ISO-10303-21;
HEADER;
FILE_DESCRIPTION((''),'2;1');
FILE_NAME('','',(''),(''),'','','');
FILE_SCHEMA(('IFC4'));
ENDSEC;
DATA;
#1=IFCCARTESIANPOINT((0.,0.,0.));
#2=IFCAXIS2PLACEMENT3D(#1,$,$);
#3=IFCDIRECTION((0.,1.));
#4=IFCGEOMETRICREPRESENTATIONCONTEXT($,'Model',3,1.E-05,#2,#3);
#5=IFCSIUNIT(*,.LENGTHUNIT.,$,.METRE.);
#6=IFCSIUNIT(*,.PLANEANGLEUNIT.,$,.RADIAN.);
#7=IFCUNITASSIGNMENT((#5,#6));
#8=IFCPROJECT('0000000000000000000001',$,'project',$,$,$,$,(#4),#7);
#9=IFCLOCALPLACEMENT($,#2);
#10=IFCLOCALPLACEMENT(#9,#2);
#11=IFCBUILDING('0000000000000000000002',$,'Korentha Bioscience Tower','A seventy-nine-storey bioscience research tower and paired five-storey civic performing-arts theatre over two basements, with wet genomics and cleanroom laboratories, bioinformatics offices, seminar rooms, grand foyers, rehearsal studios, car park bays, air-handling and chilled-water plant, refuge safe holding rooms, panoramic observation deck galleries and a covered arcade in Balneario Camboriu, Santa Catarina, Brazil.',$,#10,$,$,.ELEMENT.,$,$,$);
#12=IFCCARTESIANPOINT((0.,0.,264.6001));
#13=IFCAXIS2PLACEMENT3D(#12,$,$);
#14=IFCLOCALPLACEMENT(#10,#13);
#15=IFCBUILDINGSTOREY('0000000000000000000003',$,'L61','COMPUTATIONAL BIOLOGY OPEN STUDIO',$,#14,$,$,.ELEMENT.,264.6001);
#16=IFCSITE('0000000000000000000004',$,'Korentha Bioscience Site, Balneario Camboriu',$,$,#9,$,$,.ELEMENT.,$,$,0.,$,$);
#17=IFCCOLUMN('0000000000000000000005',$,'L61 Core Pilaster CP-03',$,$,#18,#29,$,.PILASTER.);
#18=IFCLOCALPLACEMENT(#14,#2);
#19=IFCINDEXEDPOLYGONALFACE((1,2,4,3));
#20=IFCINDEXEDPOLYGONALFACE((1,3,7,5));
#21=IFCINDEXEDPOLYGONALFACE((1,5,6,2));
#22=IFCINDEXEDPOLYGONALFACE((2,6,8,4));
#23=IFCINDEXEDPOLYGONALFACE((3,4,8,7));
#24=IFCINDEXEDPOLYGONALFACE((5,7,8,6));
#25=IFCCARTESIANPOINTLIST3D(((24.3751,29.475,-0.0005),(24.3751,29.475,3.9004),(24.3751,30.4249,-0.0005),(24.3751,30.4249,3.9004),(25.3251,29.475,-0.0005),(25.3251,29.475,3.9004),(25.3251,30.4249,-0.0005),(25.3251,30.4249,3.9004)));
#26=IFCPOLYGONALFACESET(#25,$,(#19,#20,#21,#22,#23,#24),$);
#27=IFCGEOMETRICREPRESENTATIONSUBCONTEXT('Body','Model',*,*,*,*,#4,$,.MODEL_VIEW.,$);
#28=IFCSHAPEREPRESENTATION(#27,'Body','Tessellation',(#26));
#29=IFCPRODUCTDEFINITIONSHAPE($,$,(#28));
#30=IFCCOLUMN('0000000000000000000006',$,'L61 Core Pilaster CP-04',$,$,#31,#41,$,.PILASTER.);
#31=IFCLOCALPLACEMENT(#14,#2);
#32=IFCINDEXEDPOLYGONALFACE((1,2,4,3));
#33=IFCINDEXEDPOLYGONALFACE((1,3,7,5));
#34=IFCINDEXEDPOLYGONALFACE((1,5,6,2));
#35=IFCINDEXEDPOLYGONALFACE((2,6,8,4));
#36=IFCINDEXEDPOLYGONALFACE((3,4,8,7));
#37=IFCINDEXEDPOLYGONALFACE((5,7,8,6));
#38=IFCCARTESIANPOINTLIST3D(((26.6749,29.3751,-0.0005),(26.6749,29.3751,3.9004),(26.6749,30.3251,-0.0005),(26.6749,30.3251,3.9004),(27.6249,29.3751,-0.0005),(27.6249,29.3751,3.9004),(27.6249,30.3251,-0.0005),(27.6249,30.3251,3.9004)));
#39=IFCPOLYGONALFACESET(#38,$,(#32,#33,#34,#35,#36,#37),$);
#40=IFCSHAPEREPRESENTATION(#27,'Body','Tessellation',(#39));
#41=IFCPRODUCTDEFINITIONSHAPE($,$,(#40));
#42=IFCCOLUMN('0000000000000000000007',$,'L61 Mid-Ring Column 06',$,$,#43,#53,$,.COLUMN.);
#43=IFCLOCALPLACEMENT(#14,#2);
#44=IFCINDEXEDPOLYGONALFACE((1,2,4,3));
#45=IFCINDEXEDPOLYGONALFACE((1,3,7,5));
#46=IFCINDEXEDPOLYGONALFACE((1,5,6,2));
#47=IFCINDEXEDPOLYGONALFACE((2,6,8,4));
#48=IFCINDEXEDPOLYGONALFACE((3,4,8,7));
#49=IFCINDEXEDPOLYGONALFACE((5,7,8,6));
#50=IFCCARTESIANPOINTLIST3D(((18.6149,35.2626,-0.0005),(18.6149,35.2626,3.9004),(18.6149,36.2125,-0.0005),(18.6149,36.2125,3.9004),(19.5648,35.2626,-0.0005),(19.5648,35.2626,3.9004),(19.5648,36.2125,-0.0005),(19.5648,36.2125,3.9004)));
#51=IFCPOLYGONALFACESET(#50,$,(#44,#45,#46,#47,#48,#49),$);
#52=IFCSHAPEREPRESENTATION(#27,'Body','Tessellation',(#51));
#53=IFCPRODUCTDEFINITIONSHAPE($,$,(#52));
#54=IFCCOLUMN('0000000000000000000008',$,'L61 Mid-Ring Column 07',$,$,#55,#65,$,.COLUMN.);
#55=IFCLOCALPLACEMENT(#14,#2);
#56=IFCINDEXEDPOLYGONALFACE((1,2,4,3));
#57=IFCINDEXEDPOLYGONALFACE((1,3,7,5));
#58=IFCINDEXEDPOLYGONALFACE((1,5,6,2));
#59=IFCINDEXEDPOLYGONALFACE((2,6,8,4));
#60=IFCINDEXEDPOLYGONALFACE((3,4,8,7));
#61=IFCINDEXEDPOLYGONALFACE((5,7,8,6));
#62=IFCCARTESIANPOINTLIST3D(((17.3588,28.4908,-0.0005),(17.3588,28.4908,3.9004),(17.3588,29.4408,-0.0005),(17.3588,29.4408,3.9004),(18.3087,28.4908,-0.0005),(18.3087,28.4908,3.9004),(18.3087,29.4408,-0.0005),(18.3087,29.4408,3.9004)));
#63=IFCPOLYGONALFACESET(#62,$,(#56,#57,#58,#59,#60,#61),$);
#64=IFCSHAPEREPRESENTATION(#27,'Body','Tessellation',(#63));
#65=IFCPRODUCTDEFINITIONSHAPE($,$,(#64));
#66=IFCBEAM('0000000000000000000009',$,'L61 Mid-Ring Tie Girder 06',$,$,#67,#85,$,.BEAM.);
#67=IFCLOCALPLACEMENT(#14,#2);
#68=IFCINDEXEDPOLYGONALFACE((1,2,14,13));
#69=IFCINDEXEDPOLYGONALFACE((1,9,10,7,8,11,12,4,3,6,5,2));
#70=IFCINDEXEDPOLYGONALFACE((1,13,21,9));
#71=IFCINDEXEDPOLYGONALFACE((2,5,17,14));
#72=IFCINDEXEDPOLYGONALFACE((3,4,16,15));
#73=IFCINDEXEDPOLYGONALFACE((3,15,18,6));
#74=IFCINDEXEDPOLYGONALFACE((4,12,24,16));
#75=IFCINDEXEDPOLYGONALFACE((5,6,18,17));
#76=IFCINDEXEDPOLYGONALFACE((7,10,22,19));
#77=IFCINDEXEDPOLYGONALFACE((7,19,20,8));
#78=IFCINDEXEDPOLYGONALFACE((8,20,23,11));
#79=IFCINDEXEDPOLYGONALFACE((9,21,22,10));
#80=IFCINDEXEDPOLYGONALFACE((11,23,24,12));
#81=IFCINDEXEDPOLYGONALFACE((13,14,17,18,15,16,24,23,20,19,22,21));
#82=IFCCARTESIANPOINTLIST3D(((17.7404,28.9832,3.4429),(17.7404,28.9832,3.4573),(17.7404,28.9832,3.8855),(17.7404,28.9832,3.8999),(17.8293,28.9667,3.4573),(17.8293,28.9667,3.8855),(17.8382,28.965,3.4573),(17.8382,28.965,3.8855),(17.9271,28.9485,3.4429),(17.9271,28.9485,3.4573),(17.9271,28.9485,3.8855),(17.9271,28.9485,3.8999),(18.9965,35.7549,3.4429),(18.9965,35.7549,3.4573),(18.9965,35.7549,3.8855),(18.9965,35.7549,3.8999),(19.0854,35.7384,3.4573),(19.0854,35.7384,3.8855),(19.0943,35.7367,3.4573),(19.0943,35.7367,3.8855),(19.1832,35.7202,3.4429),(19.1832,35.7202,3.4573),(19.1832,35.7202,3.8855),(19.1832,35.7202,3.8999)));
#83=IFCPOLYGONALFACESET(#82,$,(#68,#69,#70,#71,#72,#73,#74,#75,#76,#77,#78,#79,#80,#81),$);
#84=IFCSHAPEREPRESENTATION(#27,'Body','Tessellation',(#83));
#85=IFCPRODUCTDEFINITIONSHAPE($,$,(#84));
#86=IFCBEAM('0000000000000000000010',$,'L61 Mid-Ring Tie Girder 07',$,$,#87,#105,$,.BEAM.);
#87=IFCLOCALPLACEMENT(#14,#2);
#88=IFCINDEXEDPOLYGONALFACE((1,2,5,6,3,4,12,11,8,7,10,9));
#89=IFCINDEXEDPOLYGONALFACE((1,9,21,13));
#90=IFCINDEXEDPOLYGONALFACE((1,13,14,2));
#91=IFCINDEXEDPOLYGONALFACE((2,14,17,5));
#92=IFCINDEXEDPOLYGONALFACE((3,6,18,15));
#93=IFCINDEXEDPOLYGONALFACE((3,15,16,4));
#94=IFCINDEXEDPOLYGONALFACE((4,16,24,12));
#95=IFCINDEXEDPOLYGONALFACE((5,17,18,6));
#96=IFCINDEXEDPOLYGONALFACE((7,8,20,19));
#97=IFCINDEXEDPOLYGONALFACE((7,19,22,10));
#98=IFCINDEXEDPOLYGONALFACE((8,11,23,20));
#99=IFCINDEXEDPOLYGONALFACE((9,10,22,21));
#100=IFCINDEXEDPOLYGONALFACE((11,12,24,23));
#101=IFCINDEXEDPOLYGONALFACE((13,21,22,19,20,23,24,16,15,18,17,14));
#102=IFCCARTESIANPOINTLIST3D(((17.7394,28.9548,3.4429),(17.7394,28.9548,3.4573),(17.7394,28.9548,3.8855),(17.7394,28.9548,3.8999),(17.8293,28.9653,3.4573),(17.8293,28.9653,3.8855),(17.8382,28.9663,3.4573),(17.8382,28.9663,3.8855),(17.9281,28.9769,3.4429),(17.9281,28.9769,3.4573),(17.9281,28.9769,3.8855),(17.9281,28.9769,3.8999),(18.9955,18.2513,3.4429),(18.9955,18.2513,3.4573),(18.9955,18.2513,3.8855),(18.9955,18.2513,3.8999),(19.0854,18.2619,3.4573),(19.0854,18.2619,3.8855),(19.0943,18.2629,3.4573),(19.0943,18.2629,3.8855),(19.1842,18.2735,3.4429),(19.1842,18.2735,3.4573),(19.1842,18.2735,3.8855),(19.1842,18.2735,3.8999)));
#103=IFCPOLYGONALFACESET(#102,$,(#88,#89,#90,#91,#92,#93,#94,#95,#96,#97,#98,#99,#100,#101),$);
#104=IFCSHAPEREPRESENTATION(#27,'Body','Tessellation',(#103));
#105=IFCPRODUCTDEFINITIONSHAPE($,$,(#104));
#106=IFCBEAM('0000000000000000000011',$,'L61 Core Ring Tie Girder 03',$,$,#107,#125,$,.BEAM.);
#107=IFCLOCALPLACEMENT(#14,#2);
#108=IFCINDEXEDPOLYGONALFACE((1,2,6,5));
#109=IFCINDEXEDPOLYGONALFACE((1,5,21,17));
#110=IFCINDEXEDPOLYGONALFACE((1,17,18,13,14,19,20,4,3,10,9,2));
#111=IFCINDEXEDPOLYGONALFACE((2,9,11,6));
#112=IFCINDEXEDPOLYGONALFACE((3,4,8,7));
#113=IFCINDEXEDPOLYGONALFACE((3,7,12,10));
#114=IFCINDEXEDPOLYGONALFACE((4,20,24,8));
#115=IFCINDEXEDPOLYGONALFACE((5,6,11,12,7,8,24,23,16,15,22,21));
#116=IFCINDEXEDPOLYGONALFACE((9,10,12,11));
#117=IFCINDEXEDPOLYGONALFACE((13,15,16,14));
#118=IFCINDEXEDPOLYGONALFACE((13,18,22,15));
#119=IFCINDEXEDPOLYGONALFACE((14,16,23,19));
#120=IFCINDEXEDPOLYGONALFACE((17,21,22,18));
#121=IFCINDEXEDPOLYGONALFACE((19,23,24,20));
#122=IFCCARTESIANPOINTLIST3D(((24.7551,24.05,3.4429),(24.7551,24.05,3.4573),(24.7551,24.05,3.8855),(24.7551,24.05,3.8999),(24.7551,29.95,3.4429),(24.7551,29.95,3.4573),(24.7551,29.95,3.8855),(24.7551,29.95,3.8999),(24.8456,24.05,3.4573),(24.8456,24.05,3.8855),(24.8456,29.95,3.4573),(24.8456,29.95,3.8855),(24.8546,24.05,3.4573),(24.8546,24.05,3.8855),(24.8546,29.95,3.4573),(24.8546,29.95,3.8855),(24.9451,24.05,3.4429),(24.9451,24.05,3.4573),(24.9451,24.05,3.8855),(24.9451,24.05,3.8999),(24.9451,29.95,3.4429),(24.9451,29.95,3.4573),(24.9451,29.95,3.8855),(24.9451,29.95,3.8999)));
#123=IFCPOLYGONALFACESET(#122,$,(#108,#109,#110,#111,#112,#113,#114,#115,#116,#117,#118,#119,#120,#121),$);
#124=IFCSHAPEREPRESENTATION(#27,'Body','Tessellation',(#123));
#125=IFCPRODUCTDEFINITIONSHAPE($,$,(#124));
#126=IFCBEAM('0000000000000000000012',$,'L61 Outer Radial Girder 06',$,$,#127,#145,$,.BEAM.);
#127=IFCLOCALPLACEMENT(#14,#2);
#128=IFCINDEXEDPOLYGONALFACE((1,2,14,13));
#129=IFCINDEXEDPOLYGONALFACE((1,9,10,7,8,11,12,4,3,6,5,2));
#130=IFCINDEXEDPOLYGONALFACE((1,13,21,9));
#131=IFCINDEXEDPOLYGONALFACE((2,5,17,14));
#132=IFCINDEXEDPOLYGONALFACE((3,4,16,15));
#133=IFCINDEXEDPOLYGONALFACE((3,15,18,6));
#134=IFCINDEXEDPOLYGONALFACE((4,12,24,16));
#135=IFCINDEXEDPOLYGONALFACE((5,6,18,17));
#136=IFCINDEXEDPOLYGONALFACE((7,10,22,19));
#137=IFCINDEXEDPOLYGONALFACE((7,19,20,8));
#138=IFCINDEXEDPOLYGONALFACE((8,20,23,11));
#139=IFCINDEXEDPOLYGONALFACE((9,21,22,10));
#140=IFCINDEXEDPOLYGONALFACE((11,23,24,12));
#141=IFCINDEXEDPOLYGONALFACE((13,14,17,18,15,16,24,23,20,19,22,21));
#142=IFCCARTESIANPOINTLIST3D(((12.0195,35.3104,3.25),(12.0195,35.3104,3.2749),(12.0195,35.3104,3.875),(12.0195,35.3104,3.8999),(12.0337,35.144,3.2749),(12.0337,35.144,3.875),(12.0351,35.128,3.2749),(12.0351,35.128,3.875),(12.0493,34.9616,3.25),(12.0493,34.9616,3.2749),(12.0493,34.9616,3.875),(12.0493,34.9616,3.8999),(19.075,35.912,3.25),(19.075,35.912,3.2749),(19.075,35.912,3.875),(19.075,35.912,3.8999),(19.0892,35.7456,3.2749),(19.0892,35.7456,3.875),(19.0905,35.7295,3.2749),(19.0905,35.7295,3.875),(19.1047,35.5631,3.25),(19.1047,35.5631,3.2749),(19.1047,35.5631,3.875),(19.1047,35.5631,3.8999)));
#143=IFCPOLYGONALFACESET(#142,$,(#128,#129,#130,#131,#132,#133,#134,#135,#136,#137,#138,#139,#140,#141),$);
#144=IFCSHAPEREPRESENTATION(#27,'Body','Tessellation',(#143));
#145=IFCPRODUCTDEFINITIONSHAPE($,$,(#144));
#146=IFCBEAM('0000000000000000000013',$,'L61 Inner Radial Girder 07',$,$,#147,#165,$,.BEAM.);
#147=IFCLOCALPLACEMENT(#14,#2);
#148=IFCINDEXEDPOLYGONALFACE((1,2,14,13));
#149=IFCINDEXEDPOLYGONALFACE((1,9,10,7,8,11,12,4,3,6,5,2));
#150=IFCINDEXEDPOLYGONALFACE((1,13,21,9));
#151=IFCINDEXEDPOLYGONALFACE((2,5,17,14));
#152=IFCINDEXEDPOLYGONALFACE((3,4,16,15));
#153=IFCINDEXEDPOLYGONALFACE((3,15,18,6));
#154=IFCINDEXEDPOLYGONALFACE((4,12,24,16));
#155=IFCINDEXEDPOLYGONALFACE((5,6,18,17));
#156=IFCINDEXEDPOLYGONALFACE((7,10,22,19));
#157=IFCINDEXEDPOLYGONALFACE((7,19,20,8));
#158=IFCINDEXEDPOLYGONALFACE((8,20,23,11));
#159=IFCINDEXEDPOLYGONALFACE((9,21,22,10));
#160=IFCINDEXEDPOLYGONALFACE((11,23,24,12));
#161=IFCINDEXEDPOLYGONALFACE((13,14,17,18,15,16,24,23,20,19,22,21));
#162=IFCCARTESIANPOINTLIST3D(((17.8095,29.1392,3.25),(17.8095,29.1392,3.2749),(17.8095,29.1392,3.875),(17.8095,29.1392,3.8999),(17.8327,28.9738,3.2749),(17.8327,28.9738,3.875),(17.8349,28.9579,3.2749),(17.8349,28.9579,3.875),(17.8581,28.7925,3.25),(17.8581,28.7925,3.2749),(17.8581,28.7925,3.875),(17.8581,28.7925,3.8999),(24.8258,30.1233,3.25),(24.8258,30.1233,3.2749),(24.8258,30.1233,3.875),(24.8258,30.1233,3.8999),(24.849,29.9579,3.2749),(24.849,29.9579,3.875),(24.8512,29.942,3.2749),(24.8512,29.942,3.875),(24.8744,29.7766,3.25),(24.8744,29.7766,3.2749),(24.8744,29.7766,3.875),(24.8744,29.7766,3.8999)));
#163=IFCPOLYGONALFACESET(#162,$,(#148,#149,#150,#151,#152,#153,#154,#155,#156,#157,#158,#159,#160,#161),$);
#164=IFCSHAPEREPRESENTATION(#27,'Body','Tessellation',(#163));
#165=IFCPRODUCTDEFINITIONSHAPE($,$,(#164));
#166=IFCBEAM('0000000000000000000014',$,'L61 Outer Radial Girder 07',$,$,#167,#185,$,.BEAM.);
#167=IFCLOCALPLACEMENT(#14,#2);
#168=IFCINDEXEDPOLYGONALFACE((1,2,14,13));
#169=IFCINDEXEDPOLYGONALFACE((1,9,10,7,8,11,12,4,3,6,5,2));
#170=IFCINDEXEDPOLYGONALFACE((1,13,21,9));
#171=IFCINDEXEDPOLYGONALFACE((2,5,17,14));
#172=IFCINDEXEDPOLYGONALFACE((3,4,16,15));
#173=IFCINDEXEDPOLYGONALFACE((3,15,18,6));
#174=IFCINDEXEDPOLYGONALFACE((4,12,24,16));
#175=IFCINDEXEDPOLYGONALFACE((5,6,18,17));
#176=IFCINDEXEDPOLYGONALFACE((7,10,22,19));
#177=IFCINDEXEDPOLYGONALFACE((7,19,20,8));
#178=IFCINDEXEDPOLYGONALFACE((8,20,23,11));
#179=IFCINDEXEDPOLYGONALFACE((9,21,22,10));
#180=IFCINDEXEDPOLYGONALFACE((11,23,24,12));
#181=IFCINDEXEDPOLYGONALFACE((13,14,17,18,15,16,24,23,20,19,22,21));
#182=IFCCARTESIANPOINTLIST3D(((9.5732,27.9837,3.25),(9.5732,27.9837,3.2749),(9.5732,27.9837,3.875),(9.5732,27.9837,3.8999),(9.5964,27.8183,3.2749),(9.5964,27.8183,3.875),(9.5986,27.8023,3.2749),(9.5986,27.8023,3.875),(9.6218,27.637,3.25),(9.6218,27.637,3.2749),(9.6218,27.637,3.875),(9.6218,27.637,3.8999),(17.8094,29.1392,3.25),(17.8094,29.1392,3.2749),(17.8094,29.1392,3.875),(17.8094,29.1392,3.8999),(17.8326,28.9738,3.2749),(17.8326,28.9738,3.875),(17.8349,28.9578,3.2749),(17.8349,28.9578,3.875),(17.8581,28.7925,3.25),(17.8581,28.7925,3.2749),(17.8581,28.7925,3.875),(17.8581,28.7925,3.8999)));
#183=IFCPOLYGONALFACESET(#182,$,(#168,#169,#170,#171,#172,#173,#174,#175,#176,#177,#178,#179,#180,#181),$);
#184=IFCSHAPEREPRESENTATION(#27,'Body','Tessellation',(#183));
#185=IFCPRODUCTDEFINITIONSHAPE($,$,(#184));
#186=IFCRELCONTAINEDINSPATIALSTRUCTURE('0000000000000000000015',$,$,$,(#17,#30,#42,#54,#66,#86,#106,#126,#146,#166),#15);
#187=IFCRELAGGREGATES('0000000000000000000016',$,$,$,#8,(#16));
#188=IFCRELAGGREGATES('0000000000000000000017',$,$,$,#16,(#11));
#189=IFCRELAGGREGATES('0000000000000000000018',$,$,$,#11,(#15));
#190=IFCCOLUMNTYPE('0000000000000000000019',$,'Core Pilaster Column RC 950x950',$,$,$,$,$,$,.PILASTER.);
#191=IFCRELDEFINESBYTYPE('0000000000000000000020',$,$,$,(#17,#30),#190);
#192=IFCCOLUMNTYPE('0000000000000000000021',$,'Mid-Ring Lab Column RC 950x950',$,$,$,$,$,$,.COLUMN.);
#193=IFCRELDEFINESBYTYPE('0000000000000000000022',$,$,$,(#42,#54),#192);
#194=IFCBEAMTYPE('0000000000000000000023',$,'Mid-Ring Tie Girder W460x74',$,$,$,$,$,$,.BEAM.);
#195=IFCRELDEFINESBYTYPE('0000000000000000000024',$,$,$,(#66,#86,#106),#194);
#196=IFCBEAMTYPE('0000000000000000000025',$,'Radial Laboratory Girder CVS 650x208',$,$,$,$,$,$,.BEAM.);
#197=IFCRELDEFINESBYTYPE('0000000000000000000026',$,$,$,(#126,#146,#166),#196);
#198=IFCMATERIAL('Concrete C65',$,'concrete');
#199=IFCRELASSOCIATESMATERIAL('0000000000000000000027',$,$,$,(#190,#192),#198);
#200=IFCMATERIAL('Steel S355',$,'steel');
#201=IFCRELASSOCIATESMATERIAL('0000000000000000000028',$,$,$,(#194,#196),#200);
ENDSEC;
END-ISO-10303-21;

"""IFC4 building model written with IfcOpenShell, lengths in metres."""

from ifc_helpers import new_model, si_unit, direction, frame, origin, origin_2d, place, context, subcontext, project, spatial, rectangle, i_section, extrude, material, material_profile, profile_set, type_object, element, save


model = new_model("IFC4")

# Units and contexts
model_context = context("Model", 3, precision=1e-05, world=origin(), true_north=direction((0.0, 1.0)))
body_context = subcontext(model_context, "Body", "Model", "MODEL_VIEW")
ifc_project = project(units=[si_unit("LENGTHUNIT", "METRE"), si_unit("PLANEANGLEUNIT", "RADIAN")], contexts=[model_context])

# Site, building, storey
site_placement = place(None, origin())
site = spatial("IfcSite", under=ifc_project, at=site_placement, Name="Korentha Bioscience Site, Balneario Camboriu", CompositionType="ELEMENT", RefElevation=0.0)
building_placement = place(site_placement, origin())
building = spatial("IfcBuilding", under=site, at=building_placement, Name="Korentha Bioscience Tower", Description="A seventy-nine-storey bioscience research tower and paired five-storey civic performing-arts theatre over two basements, with wet genomics and cleanroom laboratories, bioinformatics offices, seminar rooms, grand foyers, rehearsal studios, car park bays, air-handling and chilled-water plant, refuge safe holding rooms, panoramic observation deck galleries and a covered arcade in Balneario Camboriu, Santa Catarina, Brazil.", CompositionType="ELEMENT")
storey_placement = place(building_placement, frame((0.0, 0.0, 264.6001)))
storey = spatial("IfcBuildingStorey", under=building, at=storey_placement, Name="L61", Description="COMPUTATIONAL BIOLOGY OPEN STUDIO", CompositionType="ELEMENT", Elevation=264.6001)

# Columns
ifc_material_1 = material(Name="Concrete C65", Category="concrete")
ifc_material_profile_1 = material_profile(ifc_material_1, rectangle(XDim=0.95, YDim=0.95, at=origin_2d()), Name="Concrete C65")
ifc_profile_set_1 = profile_set([ifc_material_profile_1], Name="Concrete C65 (COL-CP09)")
column_type_1 = type_object("IfcColumnType", Name="Core Pilaster Column RC 950x950", PredefinedType="PILASTER", material=ifc_profile_set_1)
for number, where, z_axis, x_axis, name in (
    (1, (24.8501, 29.95, -0.0005), (0.0, 0.0, 1.0), (1.0, 0.0, 0.0), "L61 Core Pilaster CP-03"),
    (2, (27.1499, 29.8501, -0.0005), (0.0, 0.0, 1.0), (1.0, 0.0, 0.0), "L61 Core Pilaster CP-04"),
):
    element("IfcColumn", number, at=place(storey_placement, frame(where, z_axis=z_axis, x_axis=x_axis)), inside=storey, type_object=column_type_1, Name=name, PredefinedType="PILASTER", context=body_context, shape_type="SweptSolid", body=[
        extrude(rectangle(XDim=0.95, YDim=0.95, at=origin_2d()), origin(), (0.0, 0.0, 1.0), 3.9009),
    ])
ifc_material_profile_2 = material_profile(ifc_material_1, rectangle(XDim=0.95, YDim=0.95, at=origin_2d()), Name="Concrete C65")
ifc_profile_set_2 = profile_set([ifc_material_profile_2], Name="Concrete C65 (COL-MR09)")
column_type_2 = type_object("IfcColumnType", Name="Mid-Ring Lab Column RC 950x950", PredefinedType="COLUMN", material=ifc_profile_set_2)
for number, where, z_axis, x_axis, name in (
    (3, (19.0898, 35.7375, -0.0005), (0.0, 0.0, 1.0), (1.0, 0.0, 0.0), "L61 Mid-Ring Column 06"),
    (4, (17.8337, 28.9658, -0.0005), (0.0, 0.0, 1.0), (1.0, 0.0, 0.0), "L61 Mid-Ring Column 07"),
):
    element("IfcColumn", number, at=place(storey_placement, frame(where, z_axis=z_axis, x_axis=x_axis)), inside=storey, type_object=column_type_2, Name=name, PredefinedType="COLUMN", context=body_context, shape_type="SweptSolid", body=[
        extrude(rectangle(XDim=0.95, YDim=0.95, at=origin_2d()), origin(), (0.0, 0.0, 1.0), 3.9009),
    ])

# Beams
ifc_material_2 = material(Name="Steel S355", Category="steel")
ifc_material_profile_3 = material_profile(ifc_material_2, i_section(OverallWidth=0.1899, OverallDepth=0.457, WebThickness=0.009, FlangeThickness=0.0144, at=origin_2d()), Name="Steel S355")
ifc_profile_set_3 = profile_set([ifc_material_profile_3], Name="Steel S355 (MB-460)")
beam_type_1 = type_object("IfcBeamType", Name="Mid-Ring Tie Girder W460x74", PredefinedType="BEAM", material=ifc_profile_set_3)
beam_1_placement = place(storey_placement, frame((19.0898, 35.7375, 3.6714), z_axis=(-0.182381, -0.983228, 0.0), x_axis=(0.983228, -0.182381, 0.0)))
element("IfcBeam", 5, at=beam_1_placement, inside=storey, type_object=beam_type_1, Name="L61 Mid-Ring Tie Girder 06", PredefinedType="BEAM", context=body_context, shape_type="SweptSolid", body=[
    extrude(i_section(OverallWidth=0.1899, OverallDepth=0.457, WebThickness=0.009, FlangeThickness=0.0144, at=origin_2d()), origin(), (0.0, 0.0, 1.0), 6.8872),
])
beam_2_placement = place(storey_placement, frame((17.8337, 28.9658, 3.6714), z_axis=(0.116556, -0.993184, 0.0), x_axis=(0.993184, 0.116556, 0.0)))
element("IfcBeam", 6, at=beam_2_placement, inside=storey, type_object=beam_type_1, Name="L61 Mid-Ring Tie Girder 07", PredefinedType="BEAM", context=body_context, shape_type="SweptSolid", body=[
    extrude(i_section(OverallWidth=0.1899, OverallDepth=0.457, WebThickness=0.009, FlangeThickness=0.0144, at=origin_2d()), origin(), (0.0, 0.0, 1.0), 10.7769),
])
beam_3_placement = place(storey_placement, frame((24.8501, 29.95, 3.6714), z_axis=(0.0, -1.0, 0.0), x_axis=(1.0, 0.0, 0.0)))
element("IfcBeam", 7, at=beam_3_placement, inside=storey, type_object=beam_type_1, Name="L61 Core Ring Tie Girder 03", PredefinedType="BEAM", context=body_context, shape_type="SweptSolid", body=[
    extrude(i_section(OverallWidth=0.1899, OverallDepth=0.457, WebThickness=0.009, FlangeThickness=0.0144, at=origin_2d()), origin(), (0.0, 0.0, 1.0), 5.8999),
])
ifc_material_profile_4 = material_profile(ifc_material_2, i_section(OverallWidth=0.3501, OverallDepth=0.6499, WebThickness=0.0161, FlangeThickness=0.0249, at=origin_2d()), Name="Steel S355")
ifc_profile_set_4 = profile_set([ifc_material_profile_4], Name="Steel S355 (RB-650)")
beam_type_2 = type_object("IfcBeamType", Name="Radial Laboratory Girder CVS 650x208", PredefinedType="BEAM", material=ifc_profile_set_4)
beam_4_placement = place(storey_placement, frame((19.0898, 35.7375, 3.575), z_axis=(-0.996385, -0.084954, 0.0), x_axis=(0.084954, -0.996385, 0.0)))
element("IfcBeam", 8, at=beam_4_placement, inside=storey, type_object=beam_type_2, Name="L61 Outer Radial Girder 06", PredefinedType="BEAM", context=body_context, shape_type="SweptSolid", body=[
    extrude(i_section(OverallWidth=0.3501, OverallDepth=0.6499, WebThickness=0.0161, FlangeThickness=0.0249, at=origin_2d()), origin(), (0.0, 0.0, 1.0), 7.0811),
])
beam_5_placement = place(storey_placement, frame((24.8501, 29.95, 3.575), z_axis=(-0.990306, -0.138903, 0.0), x_axis=(0.138903, -0.990306, 0.0)))
element("IfcBeam", 9, at=beam_5_placement, inside=storey, type_object=beam_type_2, Name="L61 Inner Radial Girder 07", PredefinedType="BEAM", context=body_context, shape_type="SweptSolid", body=[
    extrude(i_section(OverallWidth=0.3501, OverallDepth=0.6499, WebThickness=0.0161, FlangeThickness=0.0249, at=origin_2d()), origin(), (0.0, 0.0, 1.0), 7.085),
])
beam_6_placement = place(storey_placement, frame((17.8337, 28.9658, 3.575), z_axis=(-0.990302, -0.138935, 0.0), x_axis=(0.138935, -0.990302, 0.0)))
element("IfcBeam", 10, at=beam_6_placement, inside=storey, type_object=beam_type_2, Name="L61 Outer Radial Girder 07", PredefinedType="BEAM", context=body_context, shape_type="SweptSolid", body=[
    extrude(i_section(OverallWidth=0.3501, OverallDepth=0.6499, WebThickness=0.0161, FlangeThickness=0.0249, at=origin_2d()), origin(), (0.0, 0.0, 1.0), 8.3169),
])

save(model, "model.ifc")
